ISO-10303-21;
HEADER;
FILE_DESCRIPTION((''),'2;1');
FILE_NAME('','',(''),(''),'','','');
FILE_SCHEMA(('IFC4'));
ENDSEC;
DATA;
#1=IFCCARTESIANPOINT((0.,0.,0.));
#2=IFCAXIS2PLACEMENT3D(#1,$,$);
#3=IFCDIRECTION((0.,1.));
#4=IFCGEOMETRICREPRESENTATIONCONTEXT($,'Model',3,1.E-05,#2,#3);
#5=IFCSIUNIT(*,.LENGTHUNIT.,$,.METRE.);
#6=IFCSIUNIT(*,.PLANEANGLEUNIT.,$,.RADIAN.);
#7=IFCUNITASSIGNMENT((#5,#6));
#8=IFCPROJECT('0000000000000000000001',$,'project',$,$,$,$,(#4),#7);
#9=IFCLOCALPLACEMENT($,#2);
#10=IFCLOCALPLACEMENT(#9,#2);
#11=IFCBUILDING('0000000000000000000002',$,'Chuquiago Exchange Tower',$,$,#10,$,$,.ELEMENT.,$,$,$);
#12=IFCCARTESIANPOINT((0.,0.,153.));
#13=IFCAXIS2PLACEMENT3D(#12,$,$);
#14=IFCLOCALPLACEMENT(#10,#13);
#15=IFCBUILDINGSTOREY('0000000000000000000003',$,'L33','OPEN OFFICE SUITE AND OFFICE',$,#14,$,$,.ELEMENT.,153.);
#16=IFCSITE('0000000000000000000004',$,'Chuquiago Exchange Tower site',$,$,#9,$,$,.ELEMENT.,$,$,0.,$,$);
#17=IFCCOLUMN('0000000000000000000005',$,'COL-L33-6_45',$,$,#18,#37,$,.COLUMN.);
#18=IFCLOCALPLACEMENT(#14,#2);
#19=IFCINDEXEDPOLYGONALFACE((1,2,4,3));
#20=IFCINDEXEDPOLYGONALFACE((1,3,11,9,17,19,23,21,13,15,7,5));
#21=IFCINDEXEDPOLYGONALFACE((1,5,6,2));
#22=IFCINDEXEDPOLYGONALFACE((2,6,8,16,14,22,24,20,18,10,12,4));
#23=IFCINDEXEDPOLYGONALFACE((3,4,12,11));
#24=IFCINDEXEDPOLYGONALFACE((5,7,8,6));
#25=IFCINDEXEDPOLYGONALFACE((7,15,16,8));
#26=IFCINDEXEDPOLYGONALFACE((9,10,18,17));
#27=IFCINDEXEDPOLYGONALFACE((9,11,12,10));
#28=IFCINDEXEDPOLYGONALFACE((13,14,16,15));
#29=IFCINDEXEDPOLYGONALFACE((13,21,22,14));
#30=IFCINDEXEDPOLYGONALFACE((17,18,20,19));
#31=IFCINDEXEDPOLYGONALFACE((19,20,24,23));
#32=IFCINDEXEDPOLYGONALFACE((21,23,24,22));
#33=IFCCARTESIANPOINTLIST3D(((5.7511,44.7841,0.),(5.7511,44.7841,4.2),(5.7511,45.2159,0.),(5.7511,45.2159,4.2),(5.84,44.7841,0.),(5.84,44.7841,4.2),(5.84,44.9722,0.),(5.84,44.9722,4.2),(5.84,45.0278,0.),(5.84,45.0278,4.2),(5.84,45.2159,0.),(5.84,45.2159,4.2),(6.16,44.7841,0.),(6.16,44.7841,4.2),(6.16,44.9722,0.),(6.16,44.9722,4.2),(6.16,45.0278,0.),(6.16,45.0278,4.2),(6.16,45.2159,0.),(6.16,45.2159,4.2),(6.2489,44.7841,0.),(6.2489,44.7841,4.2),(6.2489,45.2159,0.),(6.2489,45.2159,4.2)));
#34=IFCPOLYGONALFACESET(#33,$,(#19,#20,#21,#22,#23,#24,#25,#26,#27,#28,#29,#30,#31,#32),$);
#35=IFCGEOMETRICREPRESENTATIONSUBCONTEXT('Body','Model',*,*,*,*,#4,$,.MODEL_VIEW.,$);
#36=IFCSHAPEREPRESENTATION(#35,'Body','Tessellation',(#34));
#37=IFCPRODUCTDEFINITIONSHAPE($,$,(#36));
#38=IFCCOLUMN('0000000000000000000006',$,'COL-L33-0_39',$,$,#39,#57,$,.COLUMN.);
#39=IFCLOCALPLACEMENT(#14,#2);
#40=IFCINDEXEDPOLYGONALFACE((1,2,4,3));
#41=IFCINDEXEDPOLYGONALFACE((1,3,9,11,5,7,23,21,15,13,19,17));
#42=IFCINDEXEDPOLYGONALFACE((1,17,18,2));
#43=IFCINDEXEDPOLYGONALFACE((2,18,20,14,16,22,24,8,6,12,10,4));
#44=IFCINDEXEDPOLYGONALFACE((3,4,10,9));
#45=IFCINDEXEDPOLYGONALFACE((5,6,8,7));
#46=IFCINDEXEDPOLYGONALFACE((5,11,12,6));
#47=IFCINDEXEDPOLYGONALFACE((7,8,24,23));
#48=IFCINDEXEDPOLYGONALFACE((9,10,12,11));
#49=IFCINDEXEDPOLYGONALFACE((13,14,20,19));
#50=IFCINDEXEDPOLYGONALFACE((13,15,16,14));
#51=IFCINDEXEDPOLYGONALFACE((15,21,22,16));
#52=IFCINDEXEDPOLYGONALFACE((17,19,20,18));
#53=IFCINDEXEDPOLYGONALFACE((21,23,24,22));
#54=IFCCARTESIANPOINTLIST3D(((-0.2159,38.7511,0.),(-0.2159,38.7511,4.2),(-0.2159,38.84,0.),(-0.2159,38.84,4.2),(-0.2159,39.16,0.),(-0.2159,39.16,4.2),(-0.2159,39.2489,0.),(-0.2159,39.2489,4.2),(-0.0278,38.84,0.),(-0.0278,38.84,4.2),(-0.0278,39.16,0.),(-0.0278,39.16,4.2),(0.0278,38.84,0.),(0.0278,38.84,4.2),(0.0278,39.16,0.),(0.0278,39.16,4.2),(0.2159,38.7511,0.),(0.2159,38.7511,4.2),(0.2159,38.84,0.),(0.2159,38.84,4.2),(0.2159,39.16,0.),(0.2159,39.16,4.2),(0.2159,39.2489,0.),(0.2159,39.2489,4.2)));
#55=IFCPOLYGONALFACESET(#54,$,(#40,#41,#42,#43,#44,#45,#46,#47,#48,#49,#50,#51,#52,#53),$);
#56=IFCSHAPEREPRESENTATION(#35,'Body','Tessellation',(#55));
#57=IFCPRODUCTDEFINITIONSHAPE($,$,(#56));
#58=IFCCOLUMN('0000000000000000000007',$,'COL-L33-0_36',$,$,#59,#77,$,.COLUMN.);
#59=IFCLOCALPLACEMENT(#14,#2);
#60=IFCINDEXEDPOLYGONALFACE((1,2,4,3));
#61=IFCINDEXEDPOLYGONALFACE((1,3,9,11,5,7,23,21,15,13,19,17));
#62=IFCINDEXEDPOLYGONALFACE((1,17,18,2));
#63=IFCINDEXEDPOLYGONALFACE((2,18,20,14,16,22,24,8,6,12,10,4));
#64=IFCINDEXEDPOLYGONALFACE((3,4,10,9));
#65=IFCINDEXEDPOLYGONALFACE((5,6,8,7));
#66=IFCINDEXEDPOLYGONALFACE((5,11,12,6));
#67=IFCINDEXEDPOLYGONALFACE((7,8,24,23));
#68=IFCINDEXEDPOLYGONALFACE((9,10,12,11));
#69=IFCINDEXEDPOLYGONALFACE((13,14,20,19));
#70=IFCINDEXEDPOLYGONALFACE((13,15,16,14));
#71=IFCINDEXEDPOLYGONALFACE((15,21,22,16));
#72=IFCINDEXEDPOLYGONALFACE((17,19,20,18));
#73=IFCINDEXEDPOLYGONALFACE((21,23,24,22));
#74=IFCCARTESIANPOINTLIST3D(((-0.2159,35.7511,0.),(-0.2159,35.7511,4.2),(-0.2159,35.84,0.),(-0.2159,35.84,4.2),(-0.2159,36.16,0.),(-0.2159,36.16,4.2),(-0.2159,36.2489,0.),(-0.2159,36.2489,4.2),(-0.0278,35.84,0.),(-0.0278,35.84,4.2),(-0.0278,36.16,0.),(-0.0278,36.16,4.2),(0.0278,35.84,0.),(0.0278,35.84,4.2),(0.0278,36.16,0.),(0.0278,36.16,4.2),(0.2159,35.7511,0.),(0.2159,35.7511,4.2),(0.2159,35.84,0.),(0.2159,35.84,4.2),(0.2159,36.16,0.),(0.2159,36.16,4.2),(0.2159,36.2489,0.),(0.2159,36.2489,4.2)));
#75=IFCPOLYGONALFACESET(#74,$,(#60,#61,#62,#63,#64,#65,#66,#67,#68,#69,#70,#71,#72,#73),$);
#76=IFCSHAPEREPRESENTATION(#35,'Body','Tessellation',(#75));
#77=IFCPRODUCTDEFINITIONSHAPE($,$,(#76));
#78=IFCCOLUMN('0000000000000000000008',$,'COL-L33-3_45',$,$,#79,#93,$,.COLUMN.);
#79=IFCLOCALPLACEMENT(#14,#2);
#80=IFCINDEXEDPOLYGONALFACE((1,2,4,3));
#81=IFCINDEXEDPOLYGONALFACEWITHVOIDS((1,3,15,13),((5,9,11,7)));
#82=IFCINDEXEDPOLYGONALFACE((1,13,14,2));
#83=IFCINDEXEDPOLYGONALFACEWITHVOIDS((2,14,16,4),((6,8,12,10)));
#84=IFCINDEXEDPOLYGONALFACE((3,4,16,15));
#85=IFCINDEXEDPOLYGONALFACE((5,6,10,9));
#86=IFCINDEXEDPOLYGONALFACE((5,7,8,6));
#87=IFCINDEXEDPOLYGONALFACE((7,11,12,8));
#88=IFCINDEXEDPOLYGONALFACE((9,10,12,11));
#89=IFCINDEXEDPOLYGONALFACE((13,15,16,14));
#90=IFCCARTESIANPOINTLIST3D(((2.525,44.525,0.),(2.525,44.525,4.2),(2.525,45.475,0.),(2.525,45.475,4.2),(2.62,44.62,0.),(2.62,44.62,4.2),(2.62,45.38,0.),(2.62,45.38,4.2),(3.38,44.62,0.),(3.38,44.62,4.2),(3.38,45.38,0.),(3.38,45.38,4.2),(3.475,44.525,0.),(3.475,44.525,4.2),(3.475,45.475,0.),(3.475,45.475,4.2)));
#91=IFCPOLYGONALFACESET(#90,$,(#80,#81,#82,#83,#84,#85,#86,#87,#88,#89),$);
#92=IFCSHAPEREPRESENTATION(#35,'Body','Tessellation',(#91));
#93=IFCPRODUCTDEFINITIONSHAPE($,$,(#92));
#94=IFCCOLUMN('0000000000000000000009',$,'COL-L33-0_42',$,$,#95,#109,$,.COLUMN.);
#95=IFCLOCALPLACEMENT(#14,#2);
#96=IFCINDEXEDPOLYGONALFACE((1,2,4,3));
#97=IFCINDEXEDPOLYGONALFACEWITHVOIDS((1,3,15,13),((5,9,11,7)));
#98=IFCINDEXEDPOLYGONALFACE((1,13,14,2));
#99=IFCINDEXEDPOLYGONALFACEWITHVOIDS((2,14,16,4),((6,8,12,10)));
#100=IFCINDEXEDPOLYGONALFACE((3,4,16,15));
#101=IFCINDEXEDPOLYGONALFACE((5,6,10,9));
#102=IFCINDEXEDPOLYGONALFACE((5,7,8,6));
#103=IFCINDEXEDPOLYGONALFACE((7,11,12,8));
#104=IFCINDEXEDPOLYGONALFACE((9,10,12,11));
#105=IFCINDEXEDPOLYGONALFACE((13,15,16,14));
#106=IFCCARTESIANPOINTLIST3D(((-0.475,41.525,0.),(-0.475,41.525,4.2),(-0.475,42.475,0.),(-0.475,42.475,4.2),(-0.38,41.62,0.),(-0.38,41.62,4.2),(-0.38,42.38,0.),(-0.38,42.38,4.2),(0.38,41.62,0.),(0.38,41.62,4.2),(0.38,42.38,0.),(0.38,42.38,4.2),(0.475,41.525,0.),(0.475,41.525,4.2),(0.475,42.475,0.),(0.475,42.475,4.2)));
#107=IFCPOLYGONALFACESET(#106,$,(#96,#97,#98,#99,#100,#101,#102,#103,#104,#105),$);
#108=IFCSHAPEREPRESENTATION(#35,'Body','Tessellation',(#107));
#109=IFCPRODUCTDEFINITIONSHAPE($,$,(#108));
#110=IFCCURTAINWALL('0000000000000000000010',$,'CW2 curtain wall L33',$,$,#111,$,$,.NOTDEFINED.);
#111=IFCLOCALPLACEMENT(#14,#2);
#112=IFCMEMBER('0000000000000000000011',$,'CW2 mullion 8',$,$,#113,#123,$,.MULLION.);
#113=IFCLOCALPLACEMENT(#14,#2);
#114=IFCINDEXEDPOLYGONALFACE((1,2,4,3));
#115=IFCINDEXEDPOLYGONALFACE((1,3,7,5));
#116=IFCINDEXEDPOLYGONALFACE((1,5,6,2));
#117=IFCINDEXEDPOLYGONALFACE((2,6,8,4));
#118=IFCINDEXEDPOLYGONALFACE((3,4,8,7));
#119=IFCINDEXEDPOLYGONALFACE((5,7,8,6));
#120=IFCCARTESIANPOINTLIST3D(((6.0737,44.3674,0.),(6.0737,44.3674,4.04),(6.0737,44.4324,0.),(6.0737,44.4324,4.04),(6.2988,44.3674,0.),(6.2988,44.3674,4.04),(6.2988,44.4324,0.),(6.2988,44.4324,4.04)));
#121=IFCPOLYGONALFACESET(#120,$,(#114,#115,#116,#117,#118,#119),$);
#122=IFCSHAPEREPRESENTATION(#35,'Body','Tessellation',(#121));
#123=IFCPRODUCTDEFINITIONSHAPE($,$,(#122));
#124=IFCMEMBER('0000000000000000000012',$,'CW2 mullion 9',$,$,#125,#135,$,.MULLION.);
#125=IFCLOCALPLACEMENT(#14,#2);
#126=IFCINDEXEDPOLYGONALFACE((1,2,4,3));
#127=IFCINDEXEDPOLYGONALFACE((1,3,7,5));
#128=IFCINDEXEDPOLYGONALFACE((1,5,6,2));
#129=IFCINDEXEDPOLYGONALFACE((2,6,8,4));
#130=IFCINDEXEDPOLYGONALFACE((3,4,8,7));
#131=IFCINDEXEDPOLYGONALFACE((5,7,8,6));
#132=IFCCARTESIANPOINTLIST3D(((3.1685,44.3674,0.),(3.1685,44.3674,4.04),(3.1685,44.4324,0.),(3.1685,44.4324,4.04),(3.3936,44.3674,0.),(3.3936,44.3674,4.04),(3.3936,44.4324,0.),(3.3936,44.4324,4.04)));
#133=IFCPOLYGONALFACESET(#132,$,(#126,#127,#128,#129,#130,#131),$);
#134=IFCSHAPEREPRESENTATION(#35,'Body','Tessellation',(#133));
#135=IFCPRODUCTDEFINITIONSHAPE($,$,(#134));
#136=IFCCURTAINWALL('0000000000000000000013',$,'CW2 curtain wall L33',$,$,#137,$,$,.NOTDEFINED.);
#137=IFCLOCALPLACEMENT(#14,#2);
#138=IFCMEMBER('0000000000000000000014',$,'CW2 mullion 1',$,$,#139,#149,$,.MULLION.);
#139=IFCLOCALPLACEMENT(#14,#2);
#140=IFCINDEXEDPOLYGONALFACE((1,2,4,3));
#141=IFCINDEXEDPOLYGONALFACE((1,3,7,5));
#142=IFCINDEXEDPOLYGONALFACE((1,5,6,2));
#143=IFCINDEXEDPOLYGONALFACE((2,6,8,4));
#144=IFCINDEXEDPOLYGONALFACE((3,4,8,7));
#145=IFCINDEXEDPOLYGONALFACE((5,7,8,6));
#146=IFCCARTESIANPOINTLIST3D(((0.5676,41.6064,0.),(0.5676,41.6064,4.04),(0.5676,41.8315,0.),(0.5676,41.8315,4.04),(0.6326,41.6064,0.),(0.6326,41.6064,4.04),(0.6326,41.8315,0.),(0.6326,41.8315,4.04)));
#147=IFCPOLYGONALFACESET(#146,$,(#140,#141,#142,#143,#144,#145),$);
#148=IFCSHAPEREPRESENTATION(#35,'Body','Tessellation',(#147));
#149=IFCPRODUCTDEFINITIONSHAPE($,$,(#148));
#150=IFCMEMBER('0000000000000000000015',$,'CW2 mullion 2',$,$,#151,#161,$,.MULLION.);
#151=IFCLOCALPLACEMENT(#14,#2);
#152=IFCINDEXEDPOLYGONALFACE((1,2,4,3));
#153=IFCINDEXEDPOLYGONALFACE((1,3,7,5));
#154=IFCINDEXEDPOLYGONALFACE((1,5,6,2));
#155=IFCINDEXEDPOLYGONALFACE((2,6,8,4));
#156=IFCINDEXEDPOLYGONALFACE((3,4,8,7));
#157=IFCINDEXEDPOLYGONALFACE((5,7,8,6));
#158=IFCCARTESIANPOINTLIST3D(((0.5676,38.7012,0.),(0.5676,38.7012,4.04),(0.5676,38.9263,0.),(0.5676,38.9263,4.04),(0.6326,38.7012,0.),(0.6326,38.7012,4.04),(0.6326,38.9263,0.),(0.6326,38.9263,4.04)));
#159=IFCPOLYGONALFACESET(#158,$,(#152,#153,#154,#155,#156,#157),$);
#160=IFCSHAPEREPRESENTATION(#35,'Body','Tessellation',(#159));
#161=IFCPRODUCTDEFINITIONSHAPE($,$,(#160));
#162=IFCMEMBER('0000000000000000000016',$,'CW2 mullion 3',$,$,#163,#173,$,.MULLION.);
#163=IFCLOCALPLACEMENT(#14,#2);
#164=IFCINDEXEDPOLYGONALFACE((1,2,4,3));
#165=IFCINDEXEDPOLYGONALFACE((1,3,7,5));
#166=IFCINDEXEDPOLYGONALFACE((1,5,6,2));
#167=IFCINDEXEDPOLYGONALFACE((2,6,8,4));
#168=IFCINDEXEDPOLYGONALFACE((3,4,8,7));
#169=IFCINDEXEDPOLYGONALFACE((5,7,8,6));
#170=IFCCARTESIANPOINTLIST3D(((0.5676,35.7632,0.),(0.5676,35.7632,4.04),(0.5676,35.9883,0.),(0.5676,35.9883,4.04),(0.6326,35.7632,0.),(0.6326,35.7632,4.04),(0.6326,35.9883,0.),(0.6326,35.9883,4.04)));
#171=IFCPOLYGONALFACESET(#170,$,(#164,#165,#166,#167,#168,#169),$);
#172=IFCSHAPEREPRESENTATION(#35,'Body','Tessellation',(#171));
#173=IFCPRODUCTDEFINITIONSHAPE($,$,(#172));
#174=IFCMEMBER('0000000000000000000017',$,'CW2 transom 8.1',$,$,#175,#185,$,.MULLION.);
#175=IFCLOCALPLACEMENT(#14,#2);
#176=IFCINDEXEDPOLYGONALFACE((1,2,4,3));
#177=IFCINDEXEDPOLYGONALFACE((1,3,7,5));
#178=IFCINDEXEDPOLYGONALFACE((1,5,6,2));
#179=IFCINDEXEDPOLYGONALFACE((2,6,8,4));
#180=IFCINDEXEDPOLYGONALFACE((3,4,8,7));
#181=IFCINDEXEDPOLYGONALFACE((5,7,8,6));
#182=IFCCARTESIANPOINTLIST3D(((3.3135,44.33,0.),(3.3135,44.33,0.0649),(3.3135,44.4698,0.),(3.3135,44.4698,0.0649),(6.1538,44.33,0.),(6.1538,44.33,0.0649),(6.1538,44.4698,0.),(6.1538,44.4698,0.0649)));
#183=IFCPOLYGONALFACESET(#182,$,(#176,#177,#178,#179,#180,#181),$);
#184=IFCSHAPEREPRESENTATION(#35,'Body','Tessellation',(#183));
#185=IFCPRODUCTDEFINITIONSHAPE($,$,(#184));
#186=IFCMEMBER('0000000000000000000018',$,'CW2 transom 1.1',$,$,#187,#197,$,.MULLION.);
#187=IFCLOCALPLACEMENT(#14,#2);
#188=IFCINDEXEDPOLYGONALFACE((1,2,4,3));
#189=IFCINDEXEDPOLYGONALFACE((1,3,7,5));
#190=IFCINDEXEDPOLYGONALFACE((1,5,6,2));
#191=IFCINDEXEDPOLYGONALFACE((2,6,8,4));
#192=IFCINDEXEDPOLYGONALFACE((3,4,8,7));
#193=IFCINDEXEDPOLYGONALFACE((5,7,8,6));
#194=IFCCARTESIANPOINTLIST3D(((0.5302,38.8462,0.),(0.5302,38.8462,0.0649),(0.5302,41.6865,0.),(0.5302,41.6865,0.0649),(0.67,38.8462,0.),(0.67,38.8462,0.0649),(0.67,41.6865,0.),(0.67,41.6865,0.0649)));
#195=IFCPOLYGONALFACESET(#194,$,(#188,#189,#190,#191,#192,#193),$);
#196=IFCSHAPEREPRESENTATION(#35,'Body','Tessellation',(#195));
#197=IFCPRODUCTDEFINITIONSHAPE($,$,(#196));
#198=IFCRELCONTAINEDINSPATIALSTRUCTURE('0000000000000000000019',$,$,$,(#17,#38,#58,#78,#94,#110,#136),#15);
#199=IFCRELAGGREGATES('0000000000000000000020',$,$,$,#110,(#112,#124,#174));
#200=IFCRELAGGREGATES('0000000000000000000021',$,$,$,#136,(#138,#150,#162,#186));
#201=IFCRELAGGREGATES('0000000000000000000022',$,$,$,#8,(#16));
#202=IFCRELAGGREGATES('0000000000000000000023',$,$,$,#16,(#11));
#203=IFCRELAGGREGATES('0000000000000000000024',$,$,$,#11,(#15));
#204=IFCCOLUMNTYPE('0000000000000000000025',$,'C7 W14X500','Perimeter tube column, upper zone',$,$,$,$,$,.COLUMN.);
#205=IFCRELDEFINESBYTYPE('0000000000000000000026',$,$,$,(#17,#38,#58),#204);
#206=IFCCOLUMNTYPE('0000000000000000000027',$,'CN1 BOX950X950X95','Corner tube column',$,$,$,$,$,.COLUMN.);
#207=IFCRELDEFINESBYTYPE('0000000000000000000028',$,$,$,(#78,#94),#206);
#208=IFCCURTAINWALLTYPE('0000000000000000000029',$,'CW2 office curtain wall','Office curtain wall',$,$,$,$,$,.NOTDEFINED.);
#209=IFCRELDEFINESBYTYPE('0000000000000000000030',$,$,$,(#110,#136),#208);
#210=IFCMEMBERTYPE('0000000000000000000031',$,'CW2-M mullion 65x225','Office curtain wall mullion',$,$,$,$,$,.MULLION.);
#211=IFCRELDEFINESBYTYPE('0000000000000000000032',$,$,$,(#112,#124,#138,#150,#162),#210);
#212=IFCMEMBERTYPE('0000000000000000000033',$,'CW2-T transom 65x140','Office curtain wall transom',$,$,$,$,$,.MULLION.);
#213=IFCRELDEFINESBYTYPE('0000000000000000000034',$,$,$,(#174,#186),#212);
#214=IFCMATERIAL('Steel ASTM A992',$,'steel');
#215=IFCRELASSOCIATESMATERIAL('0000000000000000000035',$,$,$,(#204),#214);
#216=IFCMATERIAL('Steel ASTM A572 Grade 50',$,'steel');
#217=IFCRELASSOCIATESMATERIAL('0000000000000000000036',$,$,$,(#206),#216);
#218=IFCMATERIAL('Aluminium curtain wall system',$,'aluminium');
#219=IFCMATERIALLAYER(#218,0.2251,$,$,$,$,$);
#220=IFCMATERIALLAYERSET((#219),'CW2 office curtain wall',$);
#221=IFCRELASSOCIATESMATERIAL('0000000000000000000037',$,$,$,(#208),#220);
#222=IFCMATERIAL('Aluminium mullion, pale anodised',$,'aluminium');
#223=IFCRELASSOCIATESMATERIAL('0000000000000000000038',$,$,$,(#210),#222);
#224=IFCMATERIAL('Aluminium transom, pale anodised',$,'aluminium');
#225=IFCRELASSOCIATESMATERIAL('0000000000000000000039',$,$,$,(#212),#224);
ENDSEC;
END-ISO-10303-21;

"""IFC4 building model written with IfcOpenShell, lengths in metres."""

from ifc_helpers import new_model, si_unit, direction, frame, origin, origin_2d, place, context, subcontext, project, spatial, rectangle, hollow_rectangle, i_section, extrude, material, layer, layer_set, material_profile, profile_set, type_object, element, aggregate, save


model = new_model("IFC4")

# Units and contexts
model_context = context("Model", 3, precision=1e-05, world=origin(), true_north=direction((0.0, 1.0)))
body_context = subcontext(model_context, "Body", "Model", "MODEL_VIEW")
ifc_project = project(units=[si_unit("LENGTHUNIT", "METRE"), si_unit("PLANEANGLEUNIT", "RADIAN")], contexts=[model_context])

# Site, building, storey
site_placement = place(None, origin())
site = spatial("IfcSite", under=ifc_project, at=site_placement, Name="Chuquiago Exchange Tower site", CompositionType="ELEMENT", RefElevation=0.0)
building_placement = place(site_placement, origin())
building = spatial("IfcBuilding", under=site, at=building_placement, Name="Chuquiago Exchange Tower", CompositionType="ELEMENT")
storey_placement = place(building_placement, frame((0.0, 0.0, 153.0)))
storey = spatial("IfcBuildingStorey", under=building, at=storey_placement, Name="L33", Description="OPEN OFFICE SUITE AND OFFICE", CompositionType="ELEMENT", Elevation=153.0)

# Columns
ifc_material_1 = material(Name="Steel ASTM A992", Category="steel")
ifc_material_profile_1 = material_profile(ifc_material_1, i_section(OverallWidth=0.4319, OverallDepth=0.4978, WebThickness=0.0557, FlangeThickness=0.0889, at=origin_2d()), Name="W14X500")
ifc_profile_set_1 = profile_set([ifc_material_profile_1], Name="Steel ASTM A992")
column_type_1 = type_object("IfcColumnType", Name="C7 W14X500", Description="Perimeter tube column, upper zone", PredefinedType="COLUMN", material=ifc_profile_set_1)
for number, where, z_axis, x_axis, name in (
    (1, (6.0, 45.0, 0.0), (0.0, 0.0, 1.0), (0.0, 1.0, 0.0), "COL-L33-6_45"),
    (2, (0.0, 39.0, 0.0), (0.0, 0.0, 1.0), (-1.0, 0.0, 0.0), "COL-L33-0_39"),
    (3, (0.0, 36.0, 0.0), (0.0, 0.0, 1.0), (-1.0, 0.0, 0.0), "COL-L33-0_36"),
):
    element("IfcColumn", number, at=place(storey_placement, frame(where, z_axis=z_axis, x_axis=x_axis)), inside=storey, type_object=column_type_1, Name=name, PredefinedType="COLUMN", context=body_context, shape_type="SweptSolid", body=[
        extrude(i_section(OverallWidth=0.4319, OverallDepth=0.4978, WebThickness=0.0557, FlangeThickness=0.0889, at=origin_2d()), origin(), (0.0, 0.0, 1.0), 4.2),
    ])
ifc_material_2 = material(Name="Steel ASTM A572 Grade 50", Category="steel")
ifc_material_profile_2 = material_profile(ifc_material_2, hollow_rectangle(XDim=0.95, YDim=0.95, WallThickness=0.095, at=origin_2d()), Name="BOX950X950X95")
ifc_profile_set_2 = profile_set([ifc_material_profile_2], Name="Steel ASTM A572 Grade 50")
column_type_2 = type_object("IfcColumnType", Name="CN1 BOX950X950X95", Description="Corner tube column", PredefinedType="COLUMN", material=ifc_profile_set_2)
for number, where, z_axis, x_axis, name in (
    (4, (3.0, 45.0, 0.0), (0.0, 0.0, 1.0), (0.0, 1.0, 0.0), "COL-L33-3_45"),
    (5, (0.0, 42.0, 0.0), (0.0, 0.0, 1.0), (-1.0, 0.0, 0.0), "COL-L33-0_42"),
):
    element("IfcColumn", number, at=place(storey_placement, frame(where, z_axis=z_axis, x_axis=x_axis)), inside=storey, type_object=column_type_2, Name=name, PredefinedType="COLUMN", context=body_context, shape_type="SweptSolid", body=[
        extrude(hollow_rectangle(XDim=0.95, YDim=0.95, WallThickness=0.095, at=origin_2d()), origin(), (0.0, 0.0, 1.0), 4.2),
    ])

# Curtain walls, members
ifc_material_3 = material(Name="Aluminium curtain wall system", Category="aluminium")
ifc_layer_1 = layer(ifc_material_3, 0.2251)
ifc_layer_set_1 = layer_set([ifc_layer_1], Name="CW2 office curtain wall")
curtain_wall_type_1 = type_object("IfcCurtainWallType", Name="CW2 office curtain wall", Description="Office curtain wall", PredefinedType="NOTDEFINED", material=ifc_layer_set_1)
curtain_wall_1_placement = place(storey_placement, origin())
curtain_wall_1 = element("IfcCurtainWall", 6, at=curtain_wall_1_placement, inside=storey, type_object=curtain_wall_type_1, Name="CW2 curtain wall L33", PredefinedType="NOTDEFINED")
ifc_material_4 = material(Name="Aluminium mullion, pale anodised", Category="aluminium")
ifc_material_profile_3 = material_profile(ifc_material_4, rectangle(XDim=0.0649, YDim=0.2251, at=origin_2d()), Name="AL 65x225")
ifc_profile_set_3 = profile_set([ifc_material_profile_3], Name="Aluminium mullion, pale anodised")
member_type_1 = type_object("IfcMemberType", Name="CW2-M mullion 65x225", Description="Office curtain wall mullion", PredefinedType="MULLION", material=ifc_profile_set_3)
member_1_placement = place(storey_placement, frame((6.1863, 44.3999, 0.0), z_axis=(0.0, 0.0, 1.0), x_axis=(0.0, -1.0, 0.0)))
member_1 = element("IfcMember", 7, at=member_1_placement, type_object=member_type_1, Name="CW2 mullion 8", PredefinedType="MULLION", context=body_context, shape_type="SweptSolid", body=[
    extrude(rectangle(XDim=0.0649, YDim=0.2251, at=origin_2d()), origin(), (0.0, 0.0, 1.0), 4.04),
])
member_2_placement = place(storey_placement, frame((3.281, 44.3999, 0.0), z_axis=(0.0, 0.0, 1.0), x_axis=(0.0, -1.0, 0.0)))
member_2 = element("IfcMember", 8, at=member_2_placement, type_object=member_type_1, Name="CW2 mullion 9", PredefinedType="MULLION", context=body_context, shape_type="SweptSolid", body=[
    extrude(rectangle(XDim=0.0649, YDim=0.2251, at=origin_2d()), origin(), (0.0, 0.0, 1.0), 4.04),
])
curtain_wall_2_placement = place(storey_placement, origin())
curtain_wall_2 = element("IfcCurtainWall", 9, at=curtain_wall_2_placement, inside=storey, type_object=curtain_wall_type_1, Name="CW2 curtain wall L33", PredefinedType="NOTDEFINED")
member_3_placement = place(storey_placement, frame((0.6001, 41.719, 0.0), z_axis=(0.0, 0.0, 1.0), x_axis=(1.0, 0.0, 0.0)))
member_3 = element("IfcMember", 10, at=member_3_placement, type_object=member_type_1, Name="CW2 mullion 1", PredefinedType="MULLION", context=body_context, shape_type="SweptSolid", body=[
    extrude(rectangle(XDim=0.0649, YDim=0.2251, at=origin_2d()), origin(), (0.0, 0.0, 1.0), 4.04),
])
member_4_placement = place(storey_placement, frame((0.6001, 38.8137, 0.0), z_axis=(0.0, 0.0, 1.0), x_axis=(1.0, 0.0, 0.0)))
member_4 = element("IfcMember", 11, at=member_4_placement, type_object=member_type_1, Name="CW2 mullion 2", PredefinedType="MULLION", context=body_context, shape_type="SweptSolid", body=[
    extrude(rectangle(XDim=0.0649, YDim=0.2251, at=origin_2d()), origin(), (0.0, 0.0, 1.0), 4.04),
])
member_5_placement = place(storey_placement, frame((0.6001, 35.8757, 0.0), z_axis=(0.0, 0.0, 1.0), x_axis=(1.0, 0.0, 0.0)))
member_5 = element("IfcMember", 12, at=member_5_placement, type_object=member_type_1, Name="CW2 mullion 3", PredefinedType="MULLION", context=body_context, shape_type="SweptSolid", body=[
    extrude(rectangle(XDim=0.0649, YDim=0.2251, at=origin_2d()), origin(), (0.0, 0.0, 1.0), 4.04),
])

# Members
ifc_material_5 = material(Name="Aluminium transom, pale anodised", Category="aluminium")
ifc_material_profile_4 = material_profile(ifc_material_5, rectangle(XDim=0.1399, YDim=0.0649, at=origin_2d()), Name="AL 140x65")
ifc_profile_set_4 = profile_set([ifc_material_profile_4], Name="Aluminium transom, pale anodised")
member_type_2 = type_object("IfcMemberType", Name="CW2-T transom 65x140", Description="Office curtain wall transom", PredefinedType="MULLION", material=ifc_profile_set_4)
member_6_placement = place(storey_placement, frame((6.1538, 44.3999, 0.0325), z_axis=(-1.0, 0.0, 0.0), x_axis=(0.0, -1.0, 0.0)))
member_6 = element("IfcMember", 13, at=member_6_placement, type_object=member_type_2, Name="CW2 transom 8.1", PredefinedType="MULLION", context=body_context, shape_type="SweptSolid", body=[
    extrude(rectangle(XDim=0.1399, YDim=0.0649, at=origin_2d()), origin(), (0.0, 0.0, 1.0), 2.8403),
])
member_7_placement = place(storey_placement, frame((0.6001, 41.6865, 0.0325), z_axis=(0.0, -1.0, 0.0), x_axis=(1.0, 0.0, 0.0)))
member_7 = element("IfcMember", 14, at=member_7_placement, type_object=member_type_2, Name="CW2 transom 1.1", PredefinedType="MULLION", context=body_context, shape_type="SweptSolid", body=[
    extrude(rectangle(XDim=0.1399, YDim=0.0649, at=origin_2d()), origin(), (0.0, 0.0, 1.0), 2.8403),
])

aggregate(curtain_wall_1, [member_1, member_2, member_6])
aggregate(curtain_wall_2, [member_3, member_4, member_5, member_7])

save(model, "model.ifc")
